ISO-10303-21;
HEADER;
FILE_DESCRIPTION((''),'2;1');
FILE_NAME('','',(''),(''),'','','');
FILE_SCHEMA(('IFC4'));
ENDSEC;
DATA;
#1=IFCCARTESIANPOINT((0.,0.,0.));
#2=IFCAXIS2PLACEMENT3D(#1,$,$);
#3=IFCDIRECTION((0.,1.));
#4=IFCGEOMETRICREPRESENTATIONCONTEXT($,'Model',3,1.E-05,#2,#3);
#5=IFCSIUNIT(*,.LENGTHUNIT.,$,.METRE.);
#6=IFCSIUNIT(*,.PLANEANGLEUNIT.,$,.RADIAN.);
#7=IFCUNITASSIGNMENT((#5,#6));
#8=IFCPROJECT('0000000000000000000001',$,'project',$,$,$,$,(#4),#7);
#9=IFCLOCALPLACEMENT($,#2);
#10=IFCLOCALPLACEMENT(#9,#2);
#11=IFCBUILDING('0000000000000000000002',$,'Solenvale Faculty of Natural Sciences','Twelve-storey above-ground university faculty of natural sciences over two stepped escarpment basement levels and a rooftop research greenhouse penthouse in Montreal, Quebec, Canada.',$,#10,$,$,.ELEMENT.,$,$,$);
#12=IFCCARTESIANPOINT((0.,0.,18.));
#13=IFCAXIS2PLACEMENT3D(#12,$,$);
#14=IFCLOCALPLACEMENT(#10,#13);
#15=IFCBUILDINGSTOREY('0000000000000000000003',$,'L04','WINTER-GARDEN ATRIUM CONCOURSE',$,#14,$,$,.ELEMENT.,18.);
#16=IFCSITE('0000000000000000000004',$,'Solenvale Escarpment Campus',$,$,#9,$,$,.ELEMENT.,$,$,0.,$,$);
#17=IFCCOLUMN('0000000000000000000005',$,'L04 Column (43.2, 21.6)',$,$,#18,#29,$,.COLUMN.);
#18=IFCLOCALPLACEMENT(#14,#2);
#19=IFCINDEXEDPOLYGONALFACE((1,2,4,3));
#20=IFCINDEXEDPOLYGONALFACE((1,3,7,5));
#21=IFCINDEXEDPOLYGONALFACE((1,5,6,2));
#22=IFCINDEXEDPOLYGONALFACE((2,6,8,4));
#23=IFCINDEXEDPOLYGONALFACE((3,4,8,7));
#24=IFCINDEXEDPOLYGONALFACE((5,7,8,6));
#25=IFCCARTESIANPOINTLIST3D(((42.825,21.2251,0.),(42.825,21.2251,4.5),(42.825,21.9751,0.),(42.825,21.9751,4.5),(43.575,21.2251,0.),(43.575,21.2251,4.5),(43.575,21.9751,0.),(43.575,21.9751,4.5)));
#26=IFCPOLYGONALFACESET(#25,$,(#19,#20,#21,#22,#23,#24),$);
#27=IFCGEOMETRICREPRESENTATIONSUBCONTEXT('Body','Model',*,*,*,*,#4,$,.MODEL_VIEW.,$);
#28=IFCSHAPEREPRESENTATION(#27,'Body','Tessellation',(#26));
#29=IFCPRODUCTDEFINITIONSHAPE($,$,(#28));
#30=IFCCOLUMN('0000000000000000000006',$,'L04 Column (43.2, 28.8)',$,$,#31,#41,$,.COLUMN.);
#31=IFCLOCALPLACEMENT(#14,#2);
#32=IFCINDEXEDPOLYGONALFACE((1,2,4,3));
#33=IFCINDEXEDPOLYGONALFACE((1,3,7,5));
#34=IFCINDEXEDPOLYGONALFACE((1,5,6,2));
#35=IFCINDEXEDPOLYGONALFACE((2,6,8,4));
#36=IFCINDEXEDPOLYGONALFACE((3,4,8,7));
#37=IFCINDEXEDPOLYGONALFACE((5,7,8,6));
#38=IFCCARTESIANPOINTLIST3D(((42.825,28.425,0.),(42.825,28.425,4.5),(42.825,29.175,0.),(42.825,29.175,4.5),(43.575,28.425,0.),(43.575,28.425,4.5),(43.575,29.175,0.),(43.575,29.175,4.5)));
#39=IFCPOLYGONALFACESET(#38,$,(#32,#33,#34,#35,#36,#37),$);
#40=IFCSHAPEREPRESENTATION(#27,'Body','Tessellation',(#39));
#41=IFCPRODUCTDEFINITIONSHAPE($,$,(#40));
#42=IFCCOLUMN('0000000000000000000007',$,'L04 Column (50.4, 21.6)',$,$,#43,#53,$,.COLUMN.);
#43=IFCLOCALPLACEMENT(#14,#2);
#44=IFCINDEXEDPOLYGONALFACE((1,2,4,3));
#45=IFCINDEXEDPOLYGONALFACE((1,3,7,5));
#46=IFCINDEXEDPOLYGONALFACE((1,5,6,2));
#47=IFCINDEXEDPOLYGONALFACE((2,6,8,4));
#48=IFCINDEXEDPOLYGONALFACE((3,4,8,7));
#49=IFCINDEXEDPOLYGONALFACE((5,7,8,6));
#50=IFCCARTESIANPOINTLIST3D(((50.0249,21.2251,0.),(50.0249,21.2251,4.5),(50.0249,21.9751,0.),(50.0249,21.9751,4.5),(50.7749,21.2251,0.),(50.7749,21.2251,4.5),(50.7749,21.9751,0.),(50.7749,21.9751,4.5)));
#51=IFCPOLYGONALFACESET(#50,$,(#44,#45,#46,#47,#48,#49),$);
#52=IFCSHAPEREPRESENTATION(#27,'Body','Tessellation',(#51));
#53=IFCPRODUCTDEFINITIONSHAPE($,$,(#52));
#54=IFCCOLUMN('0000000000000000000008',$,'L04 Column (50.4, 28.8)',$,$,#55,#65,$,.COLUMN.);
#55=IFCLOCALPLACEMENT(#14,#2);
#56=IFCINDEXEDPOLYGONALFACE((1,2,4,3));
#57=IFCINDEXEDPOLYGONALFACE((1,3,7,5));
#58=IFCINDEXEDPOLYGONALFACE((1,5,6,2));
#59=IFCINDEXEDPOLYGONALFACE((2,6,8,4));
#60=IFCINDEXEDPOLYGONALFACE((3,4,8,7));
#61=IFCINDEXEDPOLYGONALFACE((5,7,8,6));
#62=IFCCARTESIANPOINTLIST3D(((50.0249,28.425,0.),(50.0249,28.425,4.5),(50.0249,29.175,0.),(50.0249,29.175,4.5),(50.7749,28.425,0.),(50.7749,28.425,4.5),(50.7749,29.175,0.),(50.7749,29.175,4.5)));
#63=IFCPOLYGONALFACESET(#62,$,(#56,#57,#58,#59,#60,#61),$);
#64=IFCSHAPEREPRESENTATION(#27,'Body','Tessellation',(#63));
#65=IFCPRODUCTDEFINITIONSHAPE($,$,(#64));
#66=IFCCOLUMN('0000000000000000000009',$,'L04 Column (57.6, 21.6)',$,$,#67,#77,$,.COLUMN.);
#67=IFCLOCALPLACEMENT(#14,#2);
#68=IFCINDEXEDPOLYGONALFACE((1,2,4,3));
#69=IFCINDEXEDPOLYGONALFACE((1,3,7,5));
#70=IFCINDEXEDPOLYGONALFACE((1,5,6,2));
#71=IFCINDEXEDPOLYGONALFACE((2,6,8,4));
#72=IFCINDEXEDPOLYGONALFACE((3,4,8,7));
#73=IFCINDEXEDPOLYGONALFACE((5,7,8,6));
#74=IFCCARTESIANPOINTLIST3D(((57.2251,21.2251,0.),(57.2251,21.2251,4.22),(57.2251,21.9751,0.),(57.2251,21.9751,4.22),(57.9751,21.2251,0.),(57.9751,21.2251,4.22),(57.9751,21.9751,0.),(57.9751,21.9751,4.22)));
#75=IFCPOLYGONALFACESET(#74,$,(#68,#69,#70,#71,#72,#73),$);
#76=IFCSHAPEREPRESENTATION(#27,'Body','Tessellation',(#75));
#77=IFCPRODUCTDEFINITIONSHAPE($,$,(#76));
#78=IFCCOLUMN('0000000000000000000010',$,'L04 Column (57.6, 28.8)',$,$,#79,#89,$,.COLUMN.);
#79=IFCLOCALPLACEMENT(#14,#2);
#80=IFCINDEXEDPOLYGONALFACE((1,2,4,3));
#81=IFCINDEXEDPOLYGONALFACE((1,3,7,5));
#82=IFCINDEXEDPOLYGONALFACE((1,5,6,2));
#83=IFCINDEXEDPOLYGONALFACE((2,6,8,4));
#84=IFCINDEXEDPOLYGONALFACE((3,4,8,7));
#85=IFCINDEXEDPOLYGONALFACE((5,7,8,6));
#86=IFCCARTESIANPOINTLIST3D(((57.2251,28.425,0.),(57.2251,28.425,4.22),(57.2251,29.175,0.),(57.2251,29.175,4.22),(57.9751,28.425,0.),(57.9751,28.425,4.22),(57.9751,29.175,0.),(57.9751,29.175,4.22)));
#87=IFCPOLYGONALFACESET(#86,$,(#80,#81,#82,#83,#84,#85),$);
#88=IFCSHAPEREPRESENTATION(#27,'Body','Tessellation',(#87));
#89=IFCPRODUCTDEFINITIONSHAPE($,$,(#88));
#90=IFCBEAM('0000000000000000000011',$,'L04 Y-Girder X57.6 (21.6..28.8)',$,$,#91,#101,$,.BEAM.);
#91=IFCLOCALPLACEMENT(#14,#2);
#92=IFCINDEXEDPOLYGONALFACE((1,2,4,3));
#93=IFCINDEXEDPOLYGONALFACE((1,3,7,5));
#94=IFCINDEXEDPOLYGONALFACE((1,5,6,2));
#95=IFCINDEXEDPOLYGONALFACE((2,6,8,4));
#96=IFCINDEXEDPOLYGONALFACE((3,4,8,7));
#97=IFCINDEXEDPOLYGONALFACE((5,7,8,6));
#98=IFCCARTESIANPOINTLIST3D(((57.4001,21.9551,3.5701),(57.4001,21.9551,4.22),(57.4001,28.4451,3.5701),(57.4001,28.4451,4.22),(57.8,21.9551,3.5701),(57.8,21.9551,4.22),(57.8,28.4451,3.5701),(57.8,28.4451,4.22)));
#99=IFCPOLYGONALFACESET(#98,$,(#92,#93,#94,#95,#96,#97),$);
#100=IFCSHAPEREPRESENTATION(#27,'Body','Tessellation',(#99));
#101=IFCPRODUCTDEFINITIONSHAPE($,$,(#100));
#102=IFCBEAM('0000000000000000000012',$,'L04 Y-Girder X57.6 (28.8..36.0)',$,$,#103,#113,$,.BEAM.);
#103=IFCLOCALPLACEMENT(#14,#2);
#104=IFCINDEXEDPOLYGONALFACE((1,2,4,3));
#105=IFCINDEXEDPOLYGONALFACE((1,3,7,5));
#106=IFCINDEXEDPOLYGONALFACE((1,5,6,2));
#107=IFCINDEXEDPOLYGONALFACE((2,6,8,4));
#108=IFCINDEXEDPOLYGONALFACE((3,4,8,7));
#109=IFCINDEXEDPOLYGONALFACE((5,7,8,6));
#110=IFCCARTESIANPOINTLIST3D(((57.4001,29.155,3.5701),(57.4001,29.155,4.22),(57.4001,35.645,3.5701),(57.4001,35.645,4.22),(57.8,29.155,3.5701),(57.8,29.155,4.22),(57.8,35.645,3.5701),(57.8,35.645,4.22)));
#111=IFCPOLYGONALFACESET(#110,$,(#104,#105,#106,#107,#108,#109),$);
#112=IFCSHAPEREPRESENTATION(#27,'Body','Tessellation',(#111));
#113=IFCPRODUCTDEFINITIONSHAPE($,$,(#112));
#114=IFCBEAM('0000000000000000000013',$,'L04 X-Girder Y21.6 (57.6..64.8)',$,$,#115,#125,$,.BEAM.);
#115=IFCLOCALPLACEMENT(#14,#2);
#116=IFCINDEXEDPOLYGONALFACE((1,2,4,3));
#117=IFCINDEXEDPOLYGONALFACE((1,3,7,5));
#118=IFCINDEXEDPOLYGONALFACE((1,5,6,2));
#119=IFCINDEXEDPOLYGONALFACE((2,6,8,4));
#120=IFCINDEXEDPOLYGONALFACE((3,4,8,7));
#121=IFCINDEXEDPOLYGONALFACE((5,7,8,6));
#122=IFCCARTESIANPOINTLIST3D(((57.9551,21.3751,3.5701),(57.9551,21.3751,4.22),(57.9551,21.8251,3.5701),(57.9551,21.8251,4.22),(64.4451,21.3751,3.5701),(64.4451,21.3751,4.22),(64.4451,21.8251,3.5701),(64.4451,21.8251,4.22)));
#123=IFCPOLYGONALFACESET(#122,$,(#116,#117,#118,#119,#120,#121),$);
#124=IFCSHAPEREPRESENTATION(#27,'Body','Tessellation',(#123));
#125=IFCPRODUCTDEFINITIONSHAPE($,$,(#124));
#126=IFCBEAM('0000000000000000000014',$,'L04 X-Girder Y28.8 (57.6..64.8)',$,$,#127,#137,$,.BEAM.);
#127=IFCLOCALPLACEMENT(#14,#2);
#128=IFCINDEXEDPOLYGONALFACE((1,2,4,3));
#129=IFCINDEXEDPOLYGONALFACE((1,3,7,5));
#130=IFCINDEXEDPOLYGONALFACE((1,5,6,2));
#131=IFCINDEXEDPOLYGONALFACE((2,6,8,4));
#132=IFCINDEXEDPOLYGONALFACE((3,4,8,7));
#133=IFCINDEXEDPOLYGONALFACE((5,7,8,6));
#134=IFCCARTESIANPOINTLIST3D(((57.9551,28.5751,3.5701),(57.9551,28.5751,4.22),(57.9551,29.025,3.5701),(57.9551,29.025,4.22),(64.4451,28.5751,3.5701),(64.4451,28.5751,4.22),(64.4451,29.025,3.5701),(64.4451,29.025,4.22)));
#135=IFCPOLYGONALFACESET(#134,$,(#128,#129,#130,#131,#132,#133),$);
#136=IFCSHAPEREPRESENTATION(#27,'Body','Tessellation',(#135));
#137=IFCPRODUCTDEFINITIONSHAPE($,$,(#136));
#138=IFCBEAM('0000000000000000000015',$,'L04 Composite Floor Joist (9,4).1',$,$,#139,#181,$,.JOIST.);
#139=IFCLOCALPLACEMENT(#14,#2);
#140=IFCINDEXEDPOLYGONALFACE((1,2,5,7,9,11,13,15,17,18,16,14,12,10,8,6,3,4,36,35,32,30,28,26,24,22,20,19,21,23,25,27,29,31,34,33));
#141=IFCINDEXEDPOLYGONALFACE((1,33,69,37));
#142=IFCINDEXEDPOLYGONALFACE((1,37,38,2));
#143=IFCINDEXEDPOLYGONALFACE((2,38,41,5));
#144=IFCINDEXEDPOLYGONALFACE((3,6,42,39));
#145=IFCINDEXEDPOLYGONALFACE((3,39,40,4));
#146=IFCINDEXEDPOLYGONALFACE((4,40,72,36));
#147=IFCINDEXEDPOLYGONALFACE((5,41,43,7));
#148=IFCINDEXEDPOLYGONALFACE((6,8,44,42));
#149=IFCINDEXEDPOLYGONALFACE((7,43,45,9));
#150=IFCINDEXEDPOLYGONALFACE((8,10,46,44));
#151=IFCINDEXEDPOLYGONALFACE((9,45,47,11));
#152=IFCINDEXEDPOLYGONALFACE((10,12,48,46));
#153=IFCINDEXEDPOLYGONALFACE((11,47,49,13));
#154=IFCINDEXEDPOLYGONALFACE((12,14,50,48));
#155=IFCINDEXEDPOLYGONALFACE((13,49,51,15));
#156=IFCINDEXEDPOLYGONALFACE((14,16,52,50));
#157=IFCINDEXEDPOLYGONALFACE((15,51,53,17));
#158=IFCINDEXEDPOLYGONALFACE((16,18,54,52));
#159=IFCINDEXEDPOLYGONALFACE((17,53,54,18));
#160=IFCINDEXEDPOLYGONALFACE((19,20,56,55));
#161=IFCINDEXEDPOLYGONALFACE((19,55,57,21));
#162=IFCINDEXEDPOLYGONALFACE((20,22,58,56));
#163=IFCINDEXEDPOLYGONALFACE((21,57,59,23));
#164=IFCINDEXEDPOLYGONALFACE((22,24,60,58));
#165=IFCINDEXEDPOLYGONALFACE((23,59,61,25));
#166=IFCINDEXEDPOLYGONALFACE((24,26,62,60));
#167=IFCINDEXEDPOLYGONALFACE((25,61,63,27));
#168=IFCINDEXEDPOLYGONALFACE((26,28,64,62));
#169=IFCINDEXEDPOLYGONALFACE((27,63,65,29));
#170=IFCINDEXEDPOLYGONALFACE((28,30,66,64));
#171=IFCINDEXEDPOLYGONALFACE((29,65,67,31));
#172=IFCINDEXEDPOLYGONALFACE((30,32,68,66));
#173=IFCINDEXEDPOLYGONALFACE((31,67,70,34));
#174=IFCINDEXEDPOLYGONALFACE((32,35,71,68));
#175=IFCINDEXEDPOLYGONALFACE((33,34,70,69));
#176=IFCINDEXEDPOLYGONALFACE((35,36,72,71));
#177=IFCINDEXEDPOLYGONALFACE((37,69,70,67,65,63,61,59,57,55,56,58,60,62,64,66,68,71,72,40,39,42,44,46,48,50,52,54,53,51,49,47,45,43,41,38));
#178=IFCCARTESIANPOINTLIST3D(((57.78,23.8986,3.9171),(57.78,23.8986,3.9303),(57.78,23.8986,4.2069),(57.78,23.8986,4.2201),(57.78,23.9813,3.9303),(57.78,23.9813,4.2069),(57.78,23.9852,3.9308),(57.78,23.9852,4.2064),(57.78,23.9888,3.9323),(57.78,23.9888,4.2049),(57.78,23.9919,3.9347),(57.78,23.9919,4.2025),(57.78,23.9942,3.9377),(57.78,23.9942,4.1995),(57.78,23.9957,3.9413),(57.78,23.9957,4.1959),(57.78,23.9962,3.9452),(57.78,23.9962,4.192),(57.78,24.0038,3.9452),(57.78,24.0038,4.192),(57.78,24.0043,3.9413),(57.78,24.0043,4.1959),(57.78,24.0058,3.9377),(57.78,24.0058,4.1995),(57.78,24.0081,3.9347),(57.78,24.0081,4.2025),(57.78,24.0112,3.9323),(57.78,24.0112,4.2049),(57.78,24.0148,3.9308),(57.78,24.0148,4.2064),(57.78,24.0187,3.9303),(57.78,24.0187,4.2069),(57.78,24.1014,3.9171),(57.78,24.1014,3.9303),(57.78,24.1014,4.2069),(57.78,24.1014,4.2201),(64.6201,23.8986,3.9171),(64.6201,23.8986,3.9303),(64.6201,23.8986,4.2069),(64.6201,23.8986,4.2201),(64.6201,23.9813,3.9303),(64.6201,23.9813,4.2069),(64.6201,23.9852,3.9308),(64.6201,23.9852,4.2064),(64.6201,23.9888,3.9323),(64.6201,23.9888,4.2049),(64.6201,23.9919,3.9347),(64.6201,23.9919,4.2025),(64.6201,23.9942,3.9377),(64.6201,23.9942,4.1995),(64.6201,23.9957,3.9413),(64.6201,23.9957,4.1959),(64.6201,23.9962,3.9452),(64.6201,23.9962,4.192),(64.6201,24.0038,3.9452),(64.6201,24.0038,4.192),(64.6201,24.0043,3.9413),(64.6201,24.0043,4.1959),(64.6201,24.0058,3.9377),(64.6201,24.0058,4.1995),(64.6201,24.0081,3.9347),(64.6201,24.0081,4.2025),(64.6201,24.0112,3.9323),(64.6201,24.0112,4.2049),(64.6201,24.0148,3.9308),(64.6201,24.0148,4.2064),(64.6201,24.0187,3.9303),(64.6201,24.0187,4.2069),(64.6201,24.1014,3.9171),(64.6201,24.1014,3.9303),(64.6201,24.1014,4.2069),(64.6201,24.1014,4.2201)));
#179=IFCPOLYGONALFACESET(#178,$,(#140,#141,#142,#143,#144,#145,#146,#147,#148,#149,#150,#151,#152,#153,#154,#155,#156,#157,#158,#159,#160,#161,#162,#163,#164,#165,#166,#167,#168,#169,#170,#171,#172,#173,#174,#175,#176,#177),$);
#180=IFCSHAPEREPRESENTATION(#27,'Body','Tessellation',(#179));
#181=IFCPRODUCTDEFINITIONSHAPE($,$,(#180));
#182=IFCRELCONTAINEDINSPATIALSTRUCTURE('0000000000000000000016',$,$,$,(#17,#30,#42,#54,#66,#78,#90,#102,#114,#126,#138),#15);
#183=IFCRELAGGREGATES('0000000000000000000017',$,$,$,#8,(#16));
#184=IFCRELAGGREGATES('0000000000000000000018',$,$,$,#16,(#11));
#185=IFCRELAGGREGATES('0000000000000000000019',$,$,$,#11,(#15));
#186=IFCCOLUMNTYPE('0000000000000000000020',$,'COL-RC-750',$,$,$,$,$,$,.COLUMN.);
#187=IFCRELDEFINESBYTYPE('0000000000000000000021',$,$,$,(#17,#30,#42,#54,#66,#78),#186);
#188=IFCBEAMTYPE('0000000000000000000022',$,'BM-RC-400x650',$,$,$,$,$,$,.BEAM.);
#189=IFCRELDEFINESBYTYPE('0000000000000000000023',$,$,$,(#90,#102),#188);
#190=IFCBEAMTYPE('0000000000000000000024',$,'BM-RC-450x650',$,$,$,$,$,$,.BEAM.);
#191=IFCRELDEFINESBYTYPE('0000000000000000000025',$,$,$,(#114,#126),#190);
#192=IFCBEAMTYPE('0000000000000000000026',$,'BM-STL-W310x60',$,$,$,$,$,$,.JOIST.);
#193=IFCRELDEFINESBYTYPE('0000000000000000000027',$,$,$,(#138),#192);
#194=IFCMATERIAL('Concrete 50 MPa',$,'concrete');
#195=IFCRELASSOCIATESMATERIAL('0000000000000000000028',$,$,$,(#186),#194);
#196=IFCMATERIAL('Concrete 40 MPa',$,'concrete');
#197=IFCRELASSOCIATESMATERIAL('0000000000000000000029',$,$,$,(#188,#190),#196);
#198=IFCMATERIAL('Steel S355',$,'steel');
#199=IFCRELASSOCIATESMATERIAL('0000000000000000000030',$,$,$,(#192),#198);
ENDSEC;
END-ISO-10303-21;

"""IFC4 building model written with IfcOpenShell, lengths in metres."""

from ifc_helpers import new_model, si_unit, direction, frame, origin, origin_2d, place, context, subcontext, project, spatial, rectangle, i_section, extrude, material, material_profile, profile_set, type_object, element, save


model = new_model("IFC4")

# Units and contexts
model_context = context("Model", 3, precision=1e-05, world=origin(), true_north=direction((0.0, 1.0)))
body_context = subcontext(model_context, "Body", "Model", "MODEL_VIEW")
ifc_project = project(units=[si_unit("LENGTHUNIT", "METRE"), si_unit("PLANEANGLEUNIT", "RADIAN")], contexts=[model_context])

# Site, building, storey
site_placement = place(None, origin())
site = spatial("IfcSite", under=ifc_project, at=site_placement, Name="Solenvale Escarpment Campus", CompositionType="ELEMENT", RefElevation=0.0)
building_placement = place(site_placement, origin())
building = spatial("IfcBuilding", under=site, at=building_placement, Name="Solenvale Faculty of Natural Sciences", Description="Twelve-storey above-ground university faculty of natural sciences over two stepped escarpment basement levels and a rooftop research greenhouse penthouse in Montreal, Quebec, Canada.", CompositionType="ELEMENT")
storey_placement = place(building_placement, frame((0.0, 0.0, 18.0)))
storey = spatial("IfcBuildingStorey", under=building, at=storey_placement, Name="L04", Description="WINTER-GARDEN ATRIUM CONCOURSE", CompositionType="ELEMENT", Elevation=18.0)

# Columns
ifc_material_1 = material(Name="Concrete 50 MPa", Category="concrete")
ifc_material_profile_1 = material_profile(ifc_material_1, rectangle(XDim=0.75, YDim=0.75, at=origin_2d()), Name="RC-COL-750x750")
ifc_profile_set_1 = profile_set([ifc_material_profile_1], Name="Concrete 50 MPa")
column_type = type_object("IfcColumnType", Name="COL-RC-750", PredefinedType="COLUMN", material=ifc_profile_set_1)
for number, where, z_axis, x_axis, name in (
    (1, (43.2, 21.6001, 0.0), (0.0, 0.0, 1.0), (1.0, 0.0, 0.0), "L04 Column (43.2, 21.6)"),
    (2, (43.2, 28.8, 0.0), (0.0, 0.0, 1.0), (1.0, 0.0, 0.0), "L04 Column (43.2, 28.8)"),
    (3, (50.3999, 21.6001, 0.0), (0.0, 0.0, 1.0), (1.0, 0.0, 0.0), "L04 Column (50.4, 21.6)"),
    (4, (50.3999, 28.8, 0.0), (0.0, 0.0, 1.0), (1.0, 0.0, 0.0), "L04 Column (50.4, 28.8)"),
):
    element("IfcColumn", number, at=place(storey_placement, frame(where, z_axis=z_axis, x_axis=x_axis)), inside=storey, type_object=column_type, Name=name, PredefinedType="COLUMN", context=body_context, shape_type="SweptSolid", body=[
        extrude(rectangle(XDim=0.75, YDim=0.75, at=origin_2d()), origin(), (0.0, 0.0, 1.0), 4.5),
    ])
for number, where, z_axis, x_axis, name in (
    (5, (57.6001, 21.6001, 0.0), (0.0, 0.0, 1.0), (1.0, 0.0, 0.0), "L04 Column (57.6, 21.6)"),
    (6, (57.6001, 28.8, 0.0), (0.0, 0.0, 1.0), (1.0, 0.0, 0.0), "L04 Column (57.6, 28.8)"),
):
    element("IfcColumn", number, at=place(storey_placement, frame(where, z_axis=z_axis, x_axis=x_axis)), inside=storey, type_object=column_type, Name=name, PredefinedType="COLUMN", context=body_context, shape_type="SweptSolid", body=[
        extrude(rectangle(XDim=0.75, YDim=0.75, at=origin_2d()), origin(), (0.0, 0.0, 1.0), 4.22),
    ])

# Beams
ifc_material_2 = material(Name="Concrete 40 MPa", Category="concrete")
ifc_material_profile_2 = material_profile(ifc_material_2, rectangle(XDim=0.3999, YDim=0.6499, at=origin_2d()), Name="RC-BM-400x650")
ifc_profile_set_2 = profile_set([ifc_material_profile_2], Name="Concrete 40 MPa")
beam_type_1 = type_object("IfcBeamType", Name="BM-RC-400x650", PredefinedType="BEAM", material=ifc_profile_set_2)
for number, where, z_axis, x_axis, name in (
    (7, (57.6001, 21.9551, 3.895), (0.0, 1.0, 0.0), (-1.0, 0.0, 0.0), "L04 Y-Girder X57.6 (21.6..28.8)"),
    (8, (57.6001, 29.155, 3.895), (0.0, 1.0, 0.0), (-1.0, 0.0, 0.0), "L04 Y-Girder X57.6 (28.8..36.0)"),
):
    element("IfcBeam", number, at=place(storey_placement, frame(where, z_axis=z_axis, x_axis=x_axis)), inside=storey, type_object=beam_type_1, Name=name, PredefinedType="BEAM", context=body_context, shape_type="SweptSolid", body=[
        extrude(rectangle(XDim=0.3999, YDim=0.6499, at=origin_2d()), origin(), (0.0, 0.0, 1.0), 6.49),
    ])
ifc_material_profile_3 = material_profile(ifc_material_2, rectangle(XDim=0.45, YDim=0.6499, at=origin_2d()), Name="RC-BM-450x650")
ifc_profile_set_3 = profile_set([ifc_material_profile_3], Name="Concrete 40 MPa")
beam_type_2 = type_object("IfcBeamType", Name="BM-RC-450x650", PredefinedType="BEAM", material=ifc_profile_set_3)
for number, where, z_axis, x_axis, name in (
    (9, (57.9551, 21.6001, 3.895), (1.0, 0.0, 0.0), (0.0, 1.0, 0.0), "L04 X-Girder Y21.6 (57.6..64.8)"),
    (10, (57.9551, 28.8, 3.895), (1.0, 0.0, 0.0), (0.0, 1.0, 0.0), "L04 X-Girder Y28.8 (57.6..64.8)"),
):
    element("IfcBeam", number, at=place(storey_placement, frame(where, z_axis=z_axis, x_axis=x_axis)), inside=storey, type_object=beam_type_2, Name=name, PredefinedType="BEAM", context=body_context, shape_type="SweptSolid", body=[
        extrude(rectangle(XDim=0.45, YDim=0.6499, at=origin_2d()), origin(), (0.0, 0.0, 1.0), 6.49),
    ])
ifc_material_3 = material(Name="Steel S355", Category="steel")
ifc_material_profile_4 = material_profile(ifc_material_3, i_section(OverallWidth=0.2029, OverallDepth=0.303, WebThickness=0.0076, FlangeThickness=0.0132, FilletRadius=0.0149, at=origin_2d()), Name="W310x60")
ifc_profile_set_4 = profile_set([ifc_material_profile_4], Name="Steel S355")
beam_type_3 = type_object("IfcBeamType", Name="BM-STL-W310x60", PredefinedType="JOIST", material=ifc_profile_set_4)
for number, where, z_axis, x_axis, name in (
    (11, (57.78, 24.0, 4.0686), (1.0, 0.0, 0.0), (0.0, 1.0, 0.0), "L04 Composite Floor Joist (9,4).1"),
):
    element("IfcBeam", number, at=place(storey_placement, frame(where, z_axis=z_axis, x_axis=x_axis)), inside=storey, type_object=beam_type_3, Name=name, PredefinedType="JOIST", context=body_context, shape_type="SweptSolid", body=[
        extrude(i_section(OverallWidth=0.2029, OverallDepth=0.303, WebThickness=0.0076, FlangeThickness=0.0132, FilletRadius=0.0149, at=origin_2d()), origin(), (0.0, 0.0, 1.0), 6.8401),
    ])

save(model, "model.ifc")
